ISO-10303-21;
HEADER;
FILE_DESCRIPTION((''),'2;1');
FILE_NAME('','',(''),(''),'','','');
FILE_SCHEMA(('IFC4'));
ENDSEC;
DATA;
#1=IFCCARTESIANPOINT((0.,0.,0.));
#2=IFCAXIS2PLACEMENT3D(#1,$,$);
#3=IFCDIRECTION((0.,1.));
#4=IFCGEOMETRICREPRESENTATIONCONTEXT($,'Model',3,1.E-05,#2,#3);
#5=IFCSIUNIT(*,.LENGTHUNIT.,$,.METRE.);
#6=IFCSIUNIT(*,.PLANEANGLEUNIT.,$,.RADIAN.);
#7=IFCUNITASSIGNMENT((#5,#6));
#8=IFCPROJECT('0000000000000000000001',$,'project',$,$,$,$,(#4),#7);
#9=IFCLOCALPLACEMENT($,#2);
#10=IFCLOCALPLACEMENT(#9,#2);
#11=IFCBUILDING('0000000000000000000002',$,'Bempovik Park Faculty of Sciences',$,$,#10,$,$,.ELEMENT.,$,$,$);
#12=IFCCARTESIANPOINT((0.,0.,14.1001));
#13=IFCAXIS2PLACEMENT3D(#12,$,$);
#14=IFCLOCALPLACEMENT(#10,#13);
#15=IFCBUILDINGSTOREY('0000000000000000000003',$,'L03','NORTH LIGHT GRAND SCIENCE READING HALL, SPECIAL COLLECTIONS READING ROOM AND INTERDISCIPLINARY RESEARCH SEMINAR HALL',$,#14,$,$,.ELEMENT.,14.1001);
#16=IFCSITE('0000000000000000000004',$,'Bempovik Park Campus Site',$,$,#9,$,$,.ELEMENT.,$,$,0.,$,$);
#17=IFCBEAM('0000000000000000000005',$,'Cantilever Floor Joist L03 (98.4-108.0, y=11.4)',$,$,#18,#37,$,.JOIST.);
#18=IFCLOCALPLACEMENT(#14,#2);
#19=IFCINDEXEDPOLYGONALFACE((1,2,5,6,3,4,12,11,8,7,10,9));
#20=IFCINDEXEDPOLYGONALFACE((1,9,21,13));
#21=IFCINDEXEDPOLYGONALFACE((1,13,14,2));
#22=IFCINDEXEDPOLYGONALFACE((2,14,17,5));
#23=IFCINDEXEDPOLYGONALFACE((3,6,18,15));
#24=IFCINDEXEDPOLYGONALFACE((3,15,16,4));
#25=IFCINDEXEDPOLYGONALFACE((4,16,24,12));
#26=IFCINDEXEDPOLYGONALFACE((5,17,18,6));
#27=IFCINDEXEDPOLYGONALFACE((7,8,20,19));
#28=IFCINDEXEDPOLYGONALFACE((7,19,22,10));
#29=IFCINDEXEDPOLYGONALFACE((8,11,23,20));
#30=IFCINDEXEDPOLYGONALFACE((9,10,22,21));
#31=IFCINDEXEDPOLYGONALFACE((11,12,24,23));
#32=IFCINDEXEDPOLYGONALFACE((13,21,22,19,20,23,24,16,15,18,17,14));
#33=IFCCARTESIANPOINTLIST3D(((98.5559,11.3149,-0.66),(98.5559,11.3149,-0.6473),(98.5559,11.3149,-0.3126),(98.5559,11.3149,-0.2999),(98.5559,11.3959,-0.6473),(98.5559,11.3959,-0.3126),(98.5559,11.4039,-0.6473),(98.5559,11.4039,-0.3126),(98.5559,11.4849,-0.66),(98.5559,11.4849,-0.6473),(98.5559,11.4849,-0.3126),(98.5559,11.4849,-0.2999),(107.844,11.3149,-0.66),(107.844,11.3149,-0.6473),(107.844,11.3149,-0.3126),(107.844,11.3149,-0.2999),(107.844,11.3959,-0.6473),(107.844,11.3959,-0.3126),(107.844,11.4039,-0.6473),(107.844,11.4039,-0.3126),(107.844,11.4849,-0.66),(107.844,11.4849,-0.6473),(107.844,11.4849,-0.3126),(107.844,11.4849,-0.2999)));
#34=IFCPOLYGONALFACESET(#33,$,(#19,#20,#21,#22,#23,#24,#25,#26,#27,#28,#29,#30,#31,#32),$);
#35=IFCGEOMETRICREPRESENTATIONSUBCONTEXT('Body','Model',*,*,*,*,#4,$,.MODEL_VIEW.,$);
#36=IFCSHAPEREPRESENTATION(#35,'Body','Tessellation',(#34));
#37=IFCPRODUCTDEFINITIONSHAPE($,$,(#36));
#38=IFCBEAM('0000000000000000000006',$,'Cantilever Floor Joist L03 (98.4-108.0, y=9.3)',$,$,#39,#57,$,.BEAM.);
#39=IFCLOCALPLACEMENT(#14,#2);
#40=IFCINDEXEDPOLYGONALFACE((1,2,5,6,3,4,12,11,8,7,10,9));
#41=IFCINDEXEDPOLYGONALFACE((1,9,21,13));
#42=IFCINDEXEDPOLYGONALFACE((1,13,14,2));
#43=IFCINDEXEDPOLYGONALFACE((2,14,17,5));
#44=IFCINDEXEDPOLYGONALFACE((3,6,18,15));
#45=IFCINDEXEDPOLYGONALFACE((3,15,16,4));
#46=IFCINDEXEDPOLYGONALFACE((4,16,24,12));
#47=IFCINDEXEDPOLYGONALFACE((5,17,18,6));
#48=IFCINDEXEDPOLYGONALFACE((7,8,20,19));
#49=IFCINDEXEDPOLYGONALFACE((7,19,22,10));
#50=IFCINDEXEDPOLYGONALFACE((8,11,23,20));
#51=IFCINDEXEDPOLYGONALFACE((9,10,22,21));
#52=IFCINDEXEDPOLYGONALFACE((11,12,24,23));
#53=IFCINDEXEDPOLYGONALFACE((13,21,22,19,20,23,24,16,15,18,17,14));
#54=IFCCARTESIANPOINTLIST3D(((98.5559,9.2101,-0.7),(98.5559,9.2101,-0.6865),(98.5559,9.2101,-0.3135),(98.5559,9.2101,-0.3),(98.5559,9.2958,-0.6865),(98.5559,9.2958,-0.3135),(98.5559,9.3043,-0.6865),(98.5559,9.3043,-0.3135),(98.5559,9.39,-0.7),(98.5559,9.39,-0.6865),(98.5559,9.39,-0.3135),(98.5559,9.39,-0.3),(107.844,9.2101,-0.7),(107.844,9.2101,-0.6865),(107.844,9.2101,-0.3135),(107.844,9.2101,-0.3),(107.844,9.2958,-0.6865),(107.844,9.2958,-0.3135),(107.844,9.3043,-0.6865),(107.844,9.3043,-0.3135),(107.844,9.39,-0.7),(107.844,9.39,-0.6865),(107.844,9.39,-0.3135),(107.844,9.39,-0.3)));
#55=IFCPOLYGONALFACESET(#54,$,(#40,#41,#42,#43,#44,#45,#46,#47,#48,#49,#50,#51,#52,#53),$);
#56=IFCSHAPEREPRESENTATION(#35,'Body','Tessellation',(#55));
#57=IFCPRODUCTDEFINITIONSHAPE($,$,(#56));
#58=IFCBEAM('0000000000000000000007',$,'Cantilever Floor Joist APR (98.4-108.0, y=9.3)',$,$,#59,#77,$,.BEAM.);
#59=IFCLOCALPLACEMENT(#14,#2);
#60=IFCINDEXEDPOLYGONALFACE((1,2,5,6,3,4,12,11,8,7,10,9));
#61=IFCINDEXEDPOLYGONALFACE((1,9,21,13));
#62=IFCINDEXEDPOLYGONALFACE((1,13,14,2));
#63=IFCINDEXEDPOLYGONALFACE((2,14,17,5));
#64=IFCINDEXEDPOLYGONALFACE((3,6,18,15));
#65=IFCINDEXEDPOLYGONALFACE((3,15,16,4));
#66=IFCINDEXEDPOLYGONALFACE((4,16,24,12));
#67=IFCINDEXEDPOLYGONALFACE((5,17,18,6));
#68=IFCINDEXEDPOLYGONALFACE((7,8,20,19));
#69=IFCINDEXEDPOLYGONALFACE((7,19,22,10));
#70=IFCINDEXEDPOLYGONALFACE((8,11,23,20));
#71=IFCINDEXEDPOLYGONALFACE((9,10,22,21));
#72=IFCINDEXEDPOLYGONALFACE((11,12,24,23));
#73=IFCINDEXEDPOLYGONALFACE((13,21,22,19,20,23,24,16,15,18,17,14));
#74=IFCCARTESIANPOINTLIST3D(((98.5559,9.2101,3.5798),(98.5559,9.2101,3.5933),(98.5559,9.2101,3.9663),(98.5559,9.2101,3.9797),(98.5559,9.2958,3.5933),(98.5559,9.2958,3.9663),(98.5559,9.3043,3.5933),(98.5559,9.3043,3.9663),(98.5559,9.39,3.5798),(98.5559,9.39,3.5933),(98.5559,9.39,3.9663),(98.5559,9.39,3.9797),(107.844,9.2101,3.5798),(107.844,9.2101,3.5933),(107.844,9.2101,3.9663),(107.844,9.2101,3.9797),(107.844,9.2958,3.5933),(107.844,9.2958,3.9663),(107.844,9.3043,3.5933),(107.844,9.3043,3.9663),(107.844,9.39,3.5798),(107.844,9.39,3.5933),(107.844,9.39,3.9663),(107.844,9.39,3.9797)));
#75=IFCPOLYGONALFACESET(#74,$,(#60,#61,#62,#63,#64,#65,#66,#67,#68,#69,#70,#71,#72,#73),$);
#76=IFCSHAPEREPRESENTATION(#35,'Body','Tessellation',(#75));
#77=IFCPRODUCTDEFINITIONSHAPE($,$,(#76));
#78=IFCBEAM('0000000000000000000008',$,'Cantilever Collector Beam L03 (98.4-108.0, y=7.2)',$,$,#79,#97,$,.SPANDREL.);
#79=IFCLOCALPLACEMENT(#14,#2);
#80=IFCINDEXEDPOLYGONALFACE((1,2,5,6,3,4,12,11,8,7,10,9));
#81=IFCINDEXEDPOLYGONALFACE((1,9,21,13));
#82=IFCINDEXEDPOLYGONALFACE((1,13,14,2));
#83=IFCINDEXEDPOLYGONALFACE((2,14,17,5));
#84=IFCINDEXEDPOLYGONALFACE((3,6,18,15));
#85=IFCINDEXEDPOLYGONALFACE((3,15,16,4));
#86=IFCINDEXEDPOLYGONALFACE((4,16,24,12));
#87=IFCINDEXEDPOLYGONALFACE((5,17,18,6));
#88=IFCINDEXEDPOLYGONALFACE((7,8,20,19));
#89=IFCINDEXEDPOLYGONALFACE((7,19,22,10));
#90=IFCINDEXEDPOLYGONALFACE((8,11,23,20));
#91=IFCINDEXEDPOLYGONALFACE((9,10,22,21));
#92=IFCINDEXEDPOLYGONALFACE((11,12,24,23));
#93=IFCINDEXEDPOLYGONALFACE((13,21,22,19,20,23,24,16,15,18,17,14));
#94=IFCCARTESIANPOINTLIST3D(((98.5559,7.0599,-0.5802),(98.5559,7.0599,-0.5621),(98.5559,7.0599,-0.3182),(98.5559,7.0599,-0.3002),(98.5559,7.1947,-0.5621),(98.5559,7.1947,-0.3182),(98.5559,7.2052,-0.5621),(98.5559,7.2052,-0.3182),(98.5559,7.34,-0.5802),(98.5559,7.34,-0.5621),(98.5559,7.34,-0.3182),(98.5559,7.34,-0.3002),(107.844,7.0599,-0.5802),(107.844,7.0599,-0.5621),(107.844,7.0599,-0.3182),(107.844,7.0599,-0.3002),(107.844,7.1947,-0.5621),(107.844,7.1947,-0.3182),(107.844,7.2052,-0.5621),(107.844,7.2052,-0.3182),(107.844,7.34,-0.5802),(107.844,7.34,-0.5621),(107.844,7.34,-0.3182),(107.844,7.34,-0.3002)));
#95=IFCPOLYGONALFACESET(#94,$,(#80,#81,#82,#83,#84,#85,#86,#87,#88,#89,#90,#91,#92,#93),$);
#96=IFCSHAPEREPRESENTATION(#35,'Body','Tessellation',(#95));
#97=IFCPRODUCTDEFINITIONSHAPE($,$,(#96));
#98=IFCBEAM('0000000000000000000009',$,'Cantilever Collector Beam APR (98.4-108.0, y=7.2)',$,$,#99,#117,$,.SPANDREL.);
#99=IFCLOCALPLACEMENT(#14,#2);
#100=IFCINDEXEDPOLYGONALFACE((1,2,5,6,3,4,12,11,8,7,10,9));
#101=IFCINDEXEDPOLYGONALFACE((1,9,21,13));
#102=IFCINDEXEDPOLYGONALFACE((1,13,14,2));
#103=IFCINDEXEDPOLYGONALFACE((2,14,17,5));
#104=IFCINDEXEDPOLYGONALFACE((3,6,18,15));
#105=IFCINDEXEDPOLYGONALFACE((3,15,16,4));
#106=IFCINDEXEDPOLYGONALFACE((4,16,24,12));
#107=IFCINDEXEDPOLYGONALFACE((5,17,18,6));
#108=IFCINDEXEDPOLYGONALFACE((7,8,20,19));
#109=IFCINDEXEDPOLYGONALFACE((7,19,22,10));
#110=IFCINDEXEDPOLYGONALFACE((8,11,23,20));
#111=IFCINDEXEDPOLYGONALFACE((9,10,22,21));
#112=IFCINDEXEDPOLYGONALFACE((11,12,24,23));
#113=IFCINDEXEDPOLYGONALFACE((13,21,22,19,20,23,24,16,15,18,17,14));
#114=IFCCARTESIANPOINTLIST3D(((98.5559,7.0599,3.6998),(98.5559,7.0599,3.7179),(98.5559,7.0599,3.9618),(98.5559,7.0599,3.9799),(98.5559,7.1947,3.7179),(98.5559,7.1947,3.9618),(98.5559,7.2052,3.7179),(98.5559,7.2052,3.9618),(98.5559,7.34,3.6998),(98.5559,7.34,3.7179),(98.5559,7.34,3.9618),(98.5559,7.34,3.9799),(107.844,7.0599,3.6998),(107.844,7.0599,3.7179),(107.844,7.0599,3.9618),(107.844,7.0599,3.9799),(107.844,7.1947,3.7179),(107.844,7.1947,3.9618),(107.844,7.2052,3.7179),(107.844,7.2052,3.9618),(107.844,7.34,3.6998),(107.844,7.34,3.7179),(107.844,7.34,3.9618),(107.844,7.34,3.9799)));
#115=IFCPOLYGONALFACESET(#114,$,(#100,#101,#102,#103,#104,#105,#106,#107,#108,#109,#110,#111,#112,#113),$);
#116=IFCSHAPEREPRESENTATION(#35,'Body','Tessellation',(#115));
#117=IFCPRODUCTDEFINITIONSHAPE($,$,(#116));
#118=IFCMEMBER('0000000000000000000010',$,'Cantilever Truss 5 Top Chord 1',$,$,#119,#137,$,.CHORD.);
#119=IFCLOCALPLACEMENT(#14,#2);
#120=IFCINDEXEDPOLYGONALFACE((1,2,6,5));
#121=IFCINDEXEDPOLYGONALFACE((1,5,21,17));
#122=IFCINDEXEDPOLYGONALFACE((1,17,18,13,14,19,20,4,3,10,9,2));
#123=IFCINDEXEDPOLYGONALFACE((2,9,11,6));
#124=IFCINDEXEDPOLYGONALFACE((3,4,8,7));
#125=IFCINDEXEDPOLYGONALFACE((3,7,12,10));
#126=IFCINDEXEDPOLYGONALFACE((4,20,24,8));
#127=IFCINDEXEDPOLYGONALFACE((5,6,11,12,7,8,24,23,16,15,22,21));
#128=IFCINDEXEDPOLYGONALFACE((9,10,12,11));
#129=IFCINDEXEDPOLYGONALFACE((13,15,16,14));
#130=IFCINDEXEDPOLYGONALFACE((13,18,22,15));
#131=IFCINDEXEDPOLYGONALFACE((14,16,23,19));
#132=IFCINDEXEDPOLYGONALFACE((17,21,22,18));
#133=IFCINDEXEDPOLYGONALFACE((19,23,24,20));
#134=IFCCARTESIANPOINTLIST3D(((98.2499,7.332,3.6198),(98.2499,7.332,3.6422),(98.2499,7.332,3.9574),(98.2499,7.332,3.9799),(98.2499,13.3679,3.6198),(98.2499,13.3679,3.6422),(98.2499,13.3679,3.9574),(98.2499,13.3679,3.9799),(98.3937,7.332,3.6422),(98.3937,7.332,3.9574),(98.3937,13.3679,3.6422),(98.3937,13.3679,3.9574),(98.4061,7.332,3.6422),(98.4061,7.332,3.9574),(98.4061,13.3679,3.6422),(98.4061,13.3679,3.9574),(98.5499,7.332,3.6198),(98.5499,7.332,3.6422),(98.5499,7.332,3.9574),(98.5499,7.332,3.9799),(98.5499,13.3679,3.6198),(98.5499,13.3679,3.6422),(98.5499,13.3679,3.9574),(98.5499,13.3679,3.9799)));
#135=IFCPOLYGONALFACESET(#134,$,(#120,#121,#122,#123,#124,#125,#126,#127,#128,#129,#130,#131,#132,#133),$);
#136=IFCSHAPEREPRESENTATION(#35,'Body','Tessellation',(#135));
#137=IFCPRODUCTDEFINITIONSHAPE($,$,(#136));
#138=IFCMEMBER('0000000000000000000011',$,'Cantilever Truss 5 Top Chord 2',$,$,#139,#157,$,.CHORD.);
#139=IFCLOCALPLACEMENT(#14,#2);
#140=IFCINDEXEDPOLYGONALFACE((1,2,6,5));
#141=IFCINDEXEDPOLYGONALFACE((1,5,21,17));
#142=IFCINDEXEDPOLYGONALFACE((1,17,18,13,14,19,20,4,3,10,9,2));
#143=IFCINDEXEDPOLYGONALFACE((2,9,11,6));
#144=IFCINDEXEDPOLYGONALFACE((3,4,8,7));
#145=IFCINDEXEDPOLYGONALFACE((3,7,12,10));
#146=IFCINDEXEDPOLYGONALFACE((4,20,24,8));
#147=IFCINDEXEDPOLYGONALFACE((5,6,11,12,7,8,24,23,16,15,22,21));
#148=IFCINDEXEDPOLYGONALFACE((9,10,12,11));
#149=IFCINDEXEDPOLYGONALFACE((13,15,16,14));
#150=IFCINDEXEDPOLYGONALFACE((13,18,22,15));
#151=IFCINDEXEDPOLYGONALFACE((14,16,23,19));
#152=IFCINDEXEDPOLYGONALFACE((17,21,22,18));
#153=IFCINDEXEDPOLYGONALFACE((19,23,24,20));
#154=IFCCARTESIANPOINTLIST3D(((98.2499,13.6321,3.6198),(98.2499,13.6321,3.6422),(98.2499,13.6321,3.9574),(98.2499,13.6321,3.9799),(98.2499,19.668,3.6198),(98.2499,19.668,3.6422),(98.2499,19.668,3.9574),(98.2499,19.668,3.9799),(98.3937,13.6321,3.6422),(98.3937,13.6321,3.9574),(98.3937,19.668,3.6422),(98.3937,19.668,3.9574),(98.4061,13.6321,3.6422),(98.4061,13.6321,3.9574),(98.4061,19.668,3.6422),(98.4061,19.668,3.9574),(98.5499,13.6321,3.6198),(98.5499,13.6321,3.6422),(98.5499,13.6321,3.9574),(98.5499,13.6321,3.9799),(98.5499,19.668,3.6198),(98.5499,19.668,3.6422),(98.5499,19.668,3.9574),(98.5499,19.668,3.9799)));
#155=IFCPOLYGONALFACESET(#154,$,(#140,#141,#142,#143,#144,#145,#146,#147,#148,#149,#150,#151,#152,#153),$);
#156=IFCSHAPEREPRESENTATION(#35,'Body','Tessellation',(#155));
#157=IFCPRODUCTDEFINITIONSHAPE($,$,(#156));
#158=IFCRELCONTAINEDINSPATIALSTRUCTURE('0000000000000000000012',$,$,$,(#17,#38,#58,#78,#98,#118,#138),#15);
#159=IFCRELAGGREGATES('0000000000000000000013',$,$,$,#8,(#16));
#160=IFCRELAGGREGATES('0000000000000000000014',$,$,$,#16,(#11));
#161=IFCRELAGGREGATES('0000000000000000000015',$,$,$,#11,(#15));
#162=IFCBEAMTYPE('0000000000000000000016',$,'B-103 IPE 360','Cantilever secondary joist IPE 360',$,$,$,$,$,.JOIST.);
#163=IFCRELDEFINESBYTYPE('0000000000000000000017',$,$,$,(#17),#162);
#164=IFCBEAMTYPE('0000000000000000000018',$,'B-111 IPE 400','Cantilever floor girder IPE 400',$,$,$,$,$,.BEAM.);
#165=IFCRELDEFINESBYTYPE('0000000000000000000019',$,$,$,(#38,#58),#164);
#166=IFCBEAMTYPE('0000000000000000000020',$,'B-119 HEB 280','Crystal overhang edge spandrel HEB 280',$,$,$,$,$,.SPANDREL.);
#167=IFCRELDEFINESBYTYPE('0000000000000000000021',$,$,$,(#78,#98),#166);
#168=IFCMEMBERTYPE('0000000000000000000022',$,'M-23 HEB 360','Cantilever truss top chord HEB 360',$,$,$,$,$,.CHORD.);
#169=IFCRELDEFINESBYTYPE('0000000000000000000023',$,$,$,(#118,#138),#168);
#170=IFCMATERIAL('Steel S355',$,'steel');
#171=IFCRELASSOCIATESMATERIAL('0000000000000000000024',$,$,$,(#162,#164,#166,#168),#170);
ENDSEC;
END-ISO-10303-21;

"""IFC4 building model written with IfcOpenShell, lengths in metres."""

from ifc_helpers import new_model, si_unit, direction, frame, origin, origin_2d, place, context, subcontext, project, spatial, i_section, extrude, material, material_profile, profile_set, type_object, element, save


model = new_model("IFC4")

# Units and contexts
model_context = context("Model", 3, precision=1e-05, world=origin(), true_north=direction((0.0, 1.0)))
body_context = subcontext(model_context, "Body", "Model", "MODEL_VIEW")
ifc_project = project(units=[si_unit("LENGTHUNIT", "METRE"), si_unit("PLANEANGLEUNIT", "RADIAN")], contexts=[model_context])

# Site, building, storey
site_placement = place(None, origin())
site = spatial("IfcSite", under=ifc_project, at=site_placement, Name="Bempovik Park Campus Site", CompositionType="ELEMENT", RefElevation=0.0)
building_placement = place(site_placement, origin())
building = spatial("IfcBuilding", under=site, at=building_placement, Name="Bempovik Park Faculty of Sciences", CompositionType="ELEMENT")
storey_placement = place(building_placement, frame((0.0, 0.0, 14.1001)))
storey = spatial("IfcBuildingStorey", under=building, at=storey_placement, Name="L03", Description="NORTH LIGHT GRAND SCIENCE READING HALL, SPECIAL COLLECTIONS READING ROOM AND INTERDISCIPLINARY RESEARCH SEMINAR HALL", CompositionType="ELEMENT", Elevation=14.1001)

# Beams
ifc_material_1 = material(Name="Steel S355", Category="steel")
ifc_material_profile_1 = material_profile(ifc_material_1, i_section(OverallWidth=0.1699, OverallDepth=0.3601, WebThickness=0.0081, FlangeThickness=0.0127, at=origin_2d()), Name="IPE 360")
ifc_profile_set_1 = profile_set([ifc_material_profile_1], Name="Steel S355")
beam_type_1 = type_object("IfcBeamType", Name="B-103 IPE 360", Description="Cantilever secondary joist IPE 360", PredefinedType="JOIST", material=ifc_profile_set_1)
beam_placement = place(storey_placement, frame((98.5559, 11.3999, -0.48), z_axis=(1.0, 0.0, 0.0), x_axis=(0.0, 1.0, 0.0)))
element("IfcBeam", 1, at=beam_placement, inside=storey, type_object=beam_type_1, Name="Cantilever Floor Joist L03 (98.4-108.0, y=11.4)", PredefinedType="JOIST", context=body_context, shape_type="SweptSolid", body=[
    extrude(i_section(OverallWidth=0.1699, OverallDepth=0.3601, WebThickness=0.0081, FlangeThickness=0.0127, at=origin_2d()), origin(), (0.0, 0.0, 1.0), 9.2881),
])
ifc_material_profile_2 = material_profile(ifc_material_1, i_section(OverallWidth=0.1799, OverallDepth=0.3999, WebThickness=0.0085, FlangeThickness=0.0134, at=origin_2d()), Name="IPE 400")
ifc_profile_set_2 = profile_set([ifc_material_profile_2], Name="Steel S355")
beam_type_2 = type_object("IfcBeamType", Name="B-111 IPE 400", Description="Cantilever floor girder IPE 400", PredefinedType="BEAM", material=ifc_profile_set_2)
for number, where, z_axis, x_axis, name in (
    (2, (98.5559, 9.3, -0.5), (1.0, 0.0, 0.0), (0.0, 1.0, 0.0), "Cantilever Floor Joist L03 (98.4-108.0, y=9.3)"),
    (3, (98.5559, 9.3, 3.7798), (1.0, 0.0, 0.0), (0.0, 1.0, 0.0), "Cantilever Floor Joist APR (98.4-108.0, y=9.3)"),
):
    element("IfcBeam", number, at=place(storey_placement, frame(where, z_axis=z_axis, x_axis=x_axis)), inside=storey, type_object=beam_type_2, Name=name, PredefinedType="BEAM", context=body_context, shape_type="SweptSolid", body=[
        extrude(i_section(OverallWidth=0.1799, OverallDepth=0.3999, WebThickness=0.0085, FlangeThickness=0.0134, at=origin_2d()), origin(), (0.0, 0.0, 1.0), 9.2881),
    ])
ifc_material_profile_3 = material_profile(ifc_material_1, i_section(OverallWidth=0.28, OverallDepth=0.28, WebThickness=0.0105, FlangeThickness=0.0181, at=origin_2d()), Name="HEB 280")
ifc_profile_set_3 = profile_set([ifc_material_profile_3], Name="Steel S355")
beam_type_3 = type_object("IfcBeamType", Name="B-119 HEB 280", Description="Crystal overhang edge spandrel HEB 280", PredefinedType="SPANDREL", material=ifc_profile_set_3)
for number, where, z_axis, x_axis, name in (
    (4, (98.5559, 7.2, -0.4402), (1.0, 0.0, 0.0), (0.0, 1.0, 0.0), "Cantilever Collector Beam L03 (98.4-108.0, y=7.2)"),
    (5, (98.5559, 7.2, 3.8398), (1.0, 0.0, 0.0), (0.0, 1.0, 0.0), "Cantilever Collector Beam APR (98.4-108.0, y=7.2)"),
):
    element("IfcBeam", number, at=place(storey_placement, frame(where, z_axis=z_axis, x_axis=x_axis)), inside=storey, type_object=beam_type_3, Name=name, PredefinedType="SPANDREL", context=body_context, shape_type="SweptSolid", body=[
        extrude(i_section(OverallWidth=0.28, OverallDepth=0.28, WebThickness=0.0105, FlangeThickness=0.0181, at=origin_2d()), origin(), (0.0, 0.0, 1.0), 9.2881),
    ])

# Members
ifc_material_profile_4 = material_profile(ifc_material_1, i_section(OverallWidth=0.3, OverallDepth=0.3601, WebThickness=0.0125, FlangeThickness=0.0225, at=origin_2d()), Name="HEB 360")
ifc_profile_set_4 = profile_set([ifc_material_profile_4], Name="Steel S355")
member_type_1 = type_object("IfcMemberType", Name="M-23 HEB 360", Description="Cantilever truss top chord HEB 360", PredefinedType="CHORD", material=ifc_profile_set_4)
for number, where, z_axis, x_axis, name in (
    (6, (98.3999, 7.332, 3.7998), (0.0, 1.0, 0.0), (-1.0, 0.0, 0.0), "Cantilever Truss 5 Top Chord 1"),
    (7, (98.3999, 13.6321, 3.7998), (0.0, 1.0, 0.0), (-1.0, 0.0, 0.0), "Cantilever Truss 5 Top Chord 2"),
):
    element("IfcMember", number, at=place(storey_placement, frame(where, z_axis=z_axis, x_axis=x_axis)), inside=storey, type_object=member_type_1, Name=name, PredefinedType="CHORD", context=body_context, shape_type="SweptSolid", body=[
        extrude(i_section(OverallWidth=0.3, OverallDepth=0.3601, WebThickness=0.0125, FlangeThickness=0.0225, at=origin_2d()), origin(), (0.0, 0.0, 1.0), 6.0359),
    ])

save(model, "model.ifc")
